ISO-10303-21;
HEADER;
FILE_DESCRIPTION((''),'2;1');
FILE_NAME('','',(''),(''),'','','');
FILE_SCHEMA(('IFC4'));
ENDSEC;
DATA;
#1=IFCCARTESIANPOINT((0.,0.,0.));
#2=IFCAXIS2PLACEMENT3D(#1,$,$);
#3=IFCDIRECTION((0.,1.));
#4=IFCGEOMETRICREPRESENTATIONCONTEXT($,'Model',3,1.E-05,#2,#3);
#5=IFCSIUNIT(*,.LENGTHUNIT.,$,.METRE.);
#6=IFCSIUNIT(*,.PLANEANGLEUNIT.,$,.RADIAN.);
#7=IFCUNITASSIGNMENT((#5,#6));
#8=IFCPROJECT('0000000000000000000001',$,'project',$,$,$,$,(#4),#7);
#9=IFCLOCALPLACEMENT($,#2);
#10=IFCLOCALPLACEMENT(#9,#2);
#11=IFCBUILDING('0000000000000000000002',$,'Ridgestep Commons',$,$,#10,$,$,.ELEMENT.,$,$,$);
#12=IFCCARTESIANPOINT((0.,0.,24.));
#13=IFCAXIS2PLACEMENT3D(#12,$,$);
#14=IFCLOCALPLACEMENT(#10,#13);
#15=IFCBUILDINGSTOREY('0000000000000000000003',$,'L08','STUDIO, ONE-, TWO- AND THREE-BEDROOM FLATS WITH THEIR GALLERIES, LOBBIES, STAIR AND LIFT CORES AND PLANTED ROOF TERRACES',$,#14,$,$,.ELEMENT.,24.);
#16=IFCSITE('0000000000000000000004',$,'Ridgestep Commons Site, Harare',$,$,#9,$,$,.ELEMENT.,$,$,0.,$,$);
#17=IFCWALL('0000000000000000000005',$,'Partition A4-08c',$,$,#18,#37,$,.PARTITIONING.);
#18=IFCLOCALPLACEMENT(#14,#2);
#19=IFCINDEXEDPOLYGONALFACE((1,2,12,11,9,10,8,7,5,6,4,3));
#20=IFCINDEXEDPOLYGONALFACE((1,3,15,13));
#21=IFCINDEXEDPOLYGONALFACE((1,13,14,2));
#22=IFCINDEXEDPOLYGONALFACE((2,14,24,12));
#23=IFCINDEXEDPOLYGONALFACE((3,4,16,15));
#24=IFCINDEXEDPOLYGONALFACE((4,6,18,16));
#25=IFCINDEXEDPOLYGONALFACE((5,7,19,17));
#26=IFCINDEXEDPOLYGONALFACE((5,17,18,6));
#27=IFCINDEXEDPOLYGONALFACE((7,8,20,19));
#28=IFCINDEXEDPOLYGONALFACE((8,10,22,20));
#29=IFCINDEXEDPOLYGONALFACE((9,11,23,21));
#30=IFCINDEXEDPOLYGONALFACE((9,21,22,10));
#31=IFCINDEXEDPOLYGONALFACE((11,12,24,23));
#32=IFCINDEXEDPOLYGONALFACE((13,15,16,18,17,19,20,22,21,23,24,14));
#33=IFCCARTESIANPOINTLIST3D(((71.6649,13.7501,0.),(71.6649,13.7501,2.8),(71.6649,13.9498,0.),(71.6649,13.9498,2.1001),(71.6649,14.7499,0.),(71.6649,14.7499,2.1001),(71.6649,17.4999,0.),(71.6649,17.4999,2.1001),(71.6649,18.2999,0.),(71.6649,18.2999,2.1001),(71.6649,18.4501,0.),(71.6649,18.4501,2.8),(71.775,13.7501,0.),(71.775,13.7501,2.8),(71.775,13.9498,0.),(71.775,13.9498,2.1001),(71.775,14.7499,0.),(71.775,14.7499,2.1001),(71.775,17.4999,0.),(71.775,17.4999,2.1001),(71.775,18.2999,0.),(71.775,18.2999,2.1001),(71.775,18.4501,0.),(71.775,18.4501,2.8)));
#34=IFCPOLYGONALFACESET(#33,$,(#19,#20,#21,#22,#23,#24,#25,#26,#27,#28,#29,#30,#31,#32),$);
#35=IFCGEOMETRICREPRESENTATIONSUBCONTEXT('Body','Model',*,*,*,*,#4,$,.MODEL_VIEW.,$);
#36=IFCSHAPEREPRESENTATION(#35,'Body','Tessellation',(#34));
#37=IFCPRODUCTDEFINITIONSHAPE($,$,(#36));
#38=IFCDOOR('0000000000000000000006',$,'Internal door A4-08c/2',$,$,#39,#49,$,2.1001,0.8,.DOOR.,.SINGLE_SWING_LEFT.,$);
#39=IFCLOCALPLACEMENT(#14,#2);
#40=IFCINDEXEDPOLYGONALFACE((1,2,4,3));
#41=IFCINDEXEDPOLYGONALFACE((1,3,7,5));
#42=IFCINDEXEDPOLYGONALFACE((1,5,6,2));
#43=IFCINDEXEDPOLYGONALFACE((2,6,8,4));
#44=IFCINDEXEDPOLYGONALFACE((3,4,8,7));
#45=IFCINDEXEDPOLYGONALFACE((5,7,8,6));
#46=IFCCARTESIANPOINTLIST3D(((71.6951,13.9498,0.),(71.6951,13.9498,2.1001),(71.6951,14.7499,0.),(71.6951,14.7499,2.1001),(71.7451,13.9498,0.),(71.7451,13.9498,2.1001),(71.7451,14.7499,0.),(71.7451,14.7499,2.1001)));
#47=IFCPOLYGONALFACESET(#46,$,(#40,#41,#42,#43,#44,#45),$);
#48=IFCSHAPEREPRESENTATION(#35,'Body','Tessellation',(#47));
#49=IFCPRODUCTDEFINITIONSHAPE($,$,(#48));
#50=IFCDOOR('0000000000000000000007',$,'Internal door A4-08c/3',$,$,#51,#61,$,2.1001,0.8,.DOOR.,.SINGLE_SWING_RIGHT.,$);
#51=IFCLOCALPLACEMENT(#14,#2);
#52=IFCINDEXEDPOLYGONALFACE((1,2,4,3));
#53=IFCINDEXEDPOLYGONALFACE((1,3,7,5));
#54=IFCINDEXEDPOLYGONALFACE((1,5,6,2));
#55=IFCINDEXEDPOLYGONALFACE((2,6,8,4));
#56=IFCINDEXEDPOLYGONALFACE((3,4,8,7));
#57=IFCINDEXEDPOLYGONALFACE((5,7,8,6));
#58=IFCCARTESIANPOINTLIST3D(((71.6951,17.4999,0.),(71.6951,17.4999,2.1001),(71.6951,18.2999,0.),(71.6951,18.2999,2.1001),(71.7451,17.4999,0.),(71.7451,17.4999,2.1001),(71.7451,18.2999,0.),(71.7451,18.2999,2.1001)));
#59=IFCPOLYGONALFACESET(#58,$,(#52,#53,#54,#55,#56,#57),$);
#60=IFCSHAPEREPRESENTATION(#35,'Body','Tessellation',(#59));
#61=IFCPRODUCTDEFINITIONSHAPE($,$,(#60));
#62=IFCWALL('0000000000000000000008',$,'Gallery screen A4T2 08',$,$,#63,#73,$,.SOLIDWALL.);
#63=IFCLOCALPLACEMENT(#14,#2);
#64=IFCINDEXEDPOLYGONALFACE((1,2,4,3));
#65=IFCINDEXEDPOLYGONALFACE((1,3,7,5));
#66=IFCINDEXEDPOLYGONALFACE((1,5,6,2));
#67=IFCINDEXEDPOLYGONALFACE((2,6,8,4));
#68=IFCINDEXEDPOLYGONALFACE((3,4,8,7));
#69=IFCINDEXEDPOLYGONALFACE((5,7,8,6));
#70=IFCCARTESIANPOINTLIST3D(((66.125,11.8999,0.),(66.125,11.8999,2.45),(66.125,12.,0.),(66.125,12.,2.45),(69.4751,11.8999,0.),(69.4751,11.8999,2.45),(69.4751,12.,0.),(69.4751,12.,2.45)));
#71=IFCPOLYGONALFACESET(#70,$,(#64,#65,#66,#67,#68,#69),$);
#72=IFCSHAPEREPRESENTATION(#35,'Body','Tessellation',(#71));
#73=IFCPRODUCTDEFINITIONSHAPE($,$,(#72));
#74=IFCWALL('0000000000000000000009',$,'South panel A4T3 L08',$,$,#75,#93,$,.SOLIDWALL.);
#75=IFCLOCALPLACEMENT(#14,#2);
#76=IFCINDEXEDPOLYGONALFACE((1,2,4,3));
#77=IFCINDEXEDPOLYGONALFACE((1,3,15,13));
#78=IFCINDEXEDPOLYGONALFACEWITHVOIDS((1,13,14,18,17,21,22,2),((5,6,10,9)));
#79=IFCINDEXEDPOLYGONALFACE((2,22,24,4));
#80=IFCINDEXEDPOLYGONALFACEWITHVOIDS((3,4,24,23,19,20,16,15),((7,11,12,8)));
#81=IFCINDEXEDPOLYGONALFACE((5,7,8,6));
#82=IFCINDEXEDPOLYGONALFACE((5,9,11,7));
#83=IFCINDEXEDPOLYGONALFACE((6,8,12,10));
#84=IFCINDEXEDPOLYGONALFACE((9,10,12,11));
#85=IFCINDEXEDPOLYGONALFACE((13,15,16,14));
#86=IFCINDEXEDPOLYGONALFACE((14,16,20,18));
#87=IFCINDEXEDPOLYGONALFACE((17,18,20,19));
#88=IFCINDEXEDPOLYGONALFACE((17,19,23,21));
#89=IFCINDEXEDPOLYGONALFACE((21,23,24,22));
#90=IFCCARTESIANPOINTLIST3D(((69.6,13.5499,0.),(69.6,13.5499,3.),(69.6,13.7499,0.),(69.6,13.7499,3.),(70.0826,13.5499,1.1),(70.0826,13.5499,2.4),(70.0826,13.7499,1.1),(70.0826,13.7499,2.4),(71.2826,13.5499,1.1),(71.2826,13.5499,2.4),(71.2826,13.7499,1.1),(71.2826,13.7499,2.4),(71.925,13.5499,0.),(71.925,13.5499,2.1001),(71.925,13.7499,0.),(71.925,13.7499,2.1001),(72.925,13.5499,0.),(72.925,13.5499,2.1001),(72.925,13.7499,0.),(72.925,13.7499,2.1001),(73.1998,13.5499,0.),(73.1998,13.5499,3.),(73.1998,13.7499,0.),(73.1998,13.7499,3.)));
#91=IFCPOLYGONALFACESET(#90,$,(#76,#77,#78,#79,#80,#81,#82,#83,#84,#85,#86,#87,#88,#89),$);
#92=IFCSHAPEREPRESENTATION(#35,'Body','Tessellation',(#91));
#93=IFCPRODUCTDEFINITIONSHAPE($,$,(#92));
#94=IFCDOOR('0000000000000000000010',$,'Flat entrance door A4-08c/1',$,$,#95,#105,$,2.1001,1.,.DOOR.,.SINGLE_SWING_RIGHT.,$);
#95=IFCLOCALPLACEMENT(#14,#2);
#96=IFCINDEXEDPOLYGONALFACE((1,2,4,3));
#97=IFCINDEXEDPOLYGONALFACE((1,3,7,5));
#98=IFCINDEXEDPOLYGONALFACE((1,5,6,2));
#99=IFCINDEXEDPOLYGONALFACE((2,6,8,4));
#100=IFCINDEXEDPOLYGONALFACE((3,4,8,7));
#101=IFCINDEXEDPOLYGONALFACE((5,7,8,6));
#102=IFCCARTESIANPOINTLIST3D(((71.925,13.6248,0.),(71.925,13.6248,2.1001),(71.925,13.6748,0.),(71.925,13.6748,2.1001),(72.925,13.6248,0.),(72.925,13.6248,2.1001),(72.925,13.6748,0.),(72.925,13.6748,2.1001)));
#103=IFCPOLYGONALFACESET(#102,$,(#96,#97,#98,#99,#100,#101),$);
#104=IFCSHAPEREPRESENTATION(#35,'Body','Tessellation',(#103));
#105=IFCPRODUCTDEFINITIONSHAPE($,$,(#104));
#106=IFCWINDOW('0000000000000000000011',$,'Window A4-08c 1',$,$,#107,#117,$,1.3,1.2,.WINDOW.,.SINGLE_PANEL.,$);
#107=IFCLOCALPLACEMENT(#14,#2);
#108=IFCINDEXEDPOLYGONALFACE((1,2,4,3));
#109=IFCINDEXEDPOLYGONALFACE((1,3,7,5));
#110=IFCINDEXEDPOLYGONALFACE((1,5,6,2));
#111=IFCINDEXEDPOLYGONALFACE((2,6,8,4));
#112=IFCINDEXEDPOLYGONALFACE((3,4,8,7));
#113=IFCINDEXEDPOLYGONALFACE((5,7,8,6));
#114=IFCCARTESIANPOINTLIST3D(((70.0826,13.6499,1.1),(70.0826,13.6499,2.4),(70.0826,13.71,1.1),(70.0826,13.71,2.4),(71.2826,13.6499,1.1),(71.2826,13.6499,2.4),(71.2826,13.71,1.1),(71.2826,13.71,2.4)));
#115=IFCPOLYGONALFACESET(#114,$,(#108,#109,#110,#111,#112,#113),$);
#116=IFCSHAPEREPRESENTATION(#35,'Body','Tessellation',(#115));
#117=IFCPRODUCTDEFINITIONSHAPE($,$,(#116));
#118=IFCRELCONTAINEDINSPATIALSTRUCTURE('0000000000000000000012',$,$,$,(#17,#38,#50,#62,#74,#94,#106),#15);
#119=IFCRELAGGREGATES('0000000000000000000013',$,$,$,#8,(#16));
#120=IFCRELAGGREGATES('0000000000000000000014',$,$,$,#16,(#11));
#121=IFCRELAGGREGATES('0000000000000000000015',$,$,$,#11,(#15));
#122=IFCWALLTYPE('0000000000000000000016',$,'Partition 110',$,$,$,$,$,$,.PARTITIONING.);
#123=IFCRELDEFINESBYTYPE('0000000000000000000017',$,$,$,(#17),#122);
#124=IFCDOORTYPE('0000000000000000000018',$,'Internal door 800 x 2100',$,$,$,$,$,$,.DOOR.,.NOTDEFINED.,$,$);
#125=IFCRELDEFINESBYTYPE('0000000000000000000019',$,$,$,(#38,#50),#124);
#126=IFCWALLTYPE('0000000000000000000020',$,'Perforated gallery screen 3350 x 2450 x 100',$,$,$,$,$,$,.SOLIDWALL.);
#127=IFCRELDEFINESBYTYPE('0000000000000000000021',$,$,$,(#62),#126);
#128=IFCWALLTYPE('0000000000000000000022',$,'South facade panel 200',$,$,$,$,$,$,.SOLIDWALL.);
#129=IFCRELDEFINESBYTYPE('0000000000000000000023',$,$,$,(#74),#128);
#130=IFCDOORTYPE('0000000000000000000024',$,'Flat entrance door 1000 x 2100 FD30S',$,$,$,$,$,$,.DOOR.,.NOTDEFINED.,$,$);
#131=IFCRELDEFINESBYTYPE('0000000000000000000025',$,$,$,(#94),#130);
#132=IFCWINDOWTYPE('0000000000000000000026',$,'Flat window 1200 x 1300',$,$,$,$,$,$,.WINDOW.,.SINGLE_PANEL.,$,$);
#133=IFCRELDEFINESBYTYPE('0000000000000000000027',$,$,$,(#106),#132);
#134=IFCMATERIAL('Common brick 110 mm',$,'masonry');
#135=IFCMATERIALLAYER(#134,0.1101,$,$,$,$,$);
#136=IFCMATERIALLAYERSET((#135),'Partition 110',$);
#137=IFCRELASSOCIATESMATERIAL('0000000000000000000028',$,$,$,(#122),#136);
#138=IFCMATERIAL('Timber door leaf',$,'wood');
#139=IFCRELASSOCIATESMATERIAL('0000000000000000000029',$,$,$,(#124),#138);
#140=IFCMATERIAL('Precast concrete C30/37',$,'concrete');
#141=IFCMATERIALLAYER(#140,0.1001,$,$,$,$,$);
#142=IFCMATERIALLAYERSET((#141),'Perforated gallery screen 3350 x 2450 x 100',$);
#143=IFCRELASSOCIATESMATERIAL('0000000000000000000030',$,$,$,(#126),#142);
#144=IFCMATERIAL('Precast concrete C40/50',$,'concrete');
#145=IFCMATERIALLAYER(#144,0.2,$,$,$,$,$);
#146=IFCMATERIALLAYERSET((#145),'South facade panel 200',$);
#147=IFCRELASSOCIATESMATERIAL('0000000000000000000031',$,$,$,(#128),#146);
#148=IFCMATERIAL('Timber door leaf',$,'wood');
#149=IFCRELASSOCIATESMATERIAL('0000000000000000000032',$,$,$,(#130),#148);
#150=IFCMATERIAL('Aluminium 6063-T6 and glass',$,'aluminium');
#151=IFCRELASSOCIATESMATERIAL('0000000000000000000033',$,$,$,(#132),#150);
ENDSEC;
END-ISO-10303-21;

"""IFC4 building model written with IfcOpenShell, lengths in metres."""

from ifc_helpers import new_model, si_unit, direction, frame, frame_2d, origin, place, context, subcontext, project, spatial, rectangle, extrude, material, layer, layer_set, type_object, element, fill, save


model = new_model("IFC4")

# Units and contexts
model_context = context("Model", 3, precision=1e-05, world=origin(), true_north=direction((0.0, 1.0)))
body_context = subcontext(model_context, "Body", "Model", "MODEL_VIEW")
ifc_project = project(units=[si_unit("LENGTHUNIT", "METRE"), si_unit("PLANEANGLEUNIT", "RADIAN")], contexts=[model_context])

# Site, building, storey
site_placement = place(None, origin())
site = spatial("IfcSite", under=ifc_project, at=site_placement, Name="Ridgestep Commons Site, Harare", CompositionType="ELEMENT", RefElevation=0.0)
building_placement = place(site_placement, origin())
building = spatial("IfcBuilding", under=site, at=building_placement, Name="Ridgestep Commons", CompositionType="ELEMENT")
storey_placement = place(building_placement, frame((0.0, 0.0, 24.0)))
storey = spatial("IfcBuildingStorey", under=building, at=storey_placement, Name="L08", Description="STUDIO, ONE-, TWO- AND THREE-BEDROOM FLATS WITH THEIR GALLERIES, LOBBIES, STAIR AND LIFT CORES AND PLANTED ROOF TERRACES", CompositionType="ELEMENT", Elevation=24.0)

# Wall, openings, doors
ifc_material_1 = material(Name="Common brick 110 mm", Category="masonry")
ifc_layer_1 = layer(ifc_material_1, 0.1101)
ifc_layer_set_1 = layer_set([ifc_layer_1], Name="Partition 110")
wall_type_1 = type_object("IfcWallType", Name="Partition 110", PredefinedType="PARTITIONING", material=ifc_layer_set_1)
ifc_material_2 = material(Name="Timber door leaf", Category="wood")
door_type_1 = type_object("IfcDoorType", Name="Internal door 800 x 2100", OperationType="NOTDEFINED", PredefinedType="DOOR", material=ifc_material_2)
wall_1_placement = place(storey_placement, frame((71.72, 13.75, 0.0), z_axis=(0.0, 0.0, 1.0), x_axis=(0.0, 1.0, 0.0)))
wall_1 = element("IfcWall", 1, at=wall_1_placement, inside=storey, type_object=wall_type_1, Name="Partition A4-08c", PredefinedType="PARTITIONING", context=body_context, shape_type="SweptSolid", body=[
    extrude(rectangle(XDim=4.7, YDim=0.1101, at=frame_2d((2.3501, 0.0))), origin(), (0.0, 0.0, 1.0), 2.8),
])
opening_1_placement = place(wall_1_placement, frame((0.2, 0.0, 0.0)))
opening_1 = element("IfcOpeningElement", 2, at=opening_1_placement, cuts=wall_1, PredefinedType="OPENING", context=body_context, shape_type="SweptSolid", body=[
    extrude(rectangle(XDim=0.8, YDim=2.1001, at=frame_2d((0.3999, 1.05))), frame((0.0, 0.0649, 0.0), z_axis=(0.0, -1.0, 0.0), x_axis=(1.0, 0.0, 0.0)), (0.0, 0.0, 1.0), 0.1301),
])
opening_2_placement = place(wall_1_placement, frame((3.75, 0.0, 0.0)))
opening_2 = element("IfcOpeningElement", 3, at=opening_2_placement, cuts=wall_1, PredefinedType="OPENING", context=body_context, shape_type="SweptSolid", body=[
    extrude(rectangle(XDim=0.8, YDim=2.1001, at=frame_2d((0.3999, 1.05))), frame((0.0, 0.0649, 0.0), z_axis=(0.0, -1.0, 0.0), x_axis=(1.0, 0.0, 0.0)), (0.0, 0.0, 1.0), 0.1301),
])
door_1_placement = place(opening_1_placement, origin())
door_1 = element("IfcDoor", 4, at=door_1_placement, inside=storey, type_object=door_type_1, Name="Internal door A4-08c/2", OperationType="SINGLE_SWING_LEFT", OverallHeight=2.1001, OverallWidth=0.8, PredefinedType="DOOR", context=body_context, shape_type="SweptSolid", body=[
    extrude(rectangle(XDim=0.8, YDim=2.1001, at=frame_2d((0.3999, 1.05))), frame((0.0, 0.0249, 0.0), z_axis=(0.0, -1.0, 0.0), x_axis=(1.0, 0.0, 0.0)), (0.0, 0.0, 1.0), 0.05),
])
fill(opening_1, door_1)
door_2_placement = place(opening_2_placement, origin())
door_2 = element("IfcDoor", 5, at=door_2_placement, inside=storey, type_object=door_type_1, Name="Internal door A4-08c/3", OperationType="SINGLE_SWING_RIGHT", OverallHeight=2.1001, OverallWidth=0.8, PredefinedType="DOOR", context=body_context, shape_type="SweptSolid", body=[
    extrude(rectangle(XDim=0.8, YDim=2.1001, at=frame_2d((0.3999, 1.05))), frame((0.0, 0.0249, 0.0), z_axis=(0.0, -1.0, 0.0), x_axis=(1.0, 0.0, 0.0)), (0.0, 0.0, 1.0), 0.05),
])
fill(opening_2, door_2)

# Wall
ifc_material_3 = material(Name="Precast concrete C30/37", Category="concrete")
ifc_layer_2 = layer(ifc_material_3, 0.1001)
ifc_layer_set_2 = layer_set([ifc_layer_2], Name="Perforated gallery screen 3350 x 2450 x 100")
wall_type_2 = type_object("IfcWallType", Name="Perforated gallery screen 3350 x 2450 x 100", PredefinedType="SOLIDWALL", material=ifc_layer_set_2)
wall_2_placement = place(storey_placement, frame((66.125, 11.95, 0.0), z_axis=(0.0, 0.0, 1.0), x_axis=(1.0, 0.0, 0.0)))
element("IfcWall", 6, at=wall_2_placement, inside=storey, type_object=wall_type_2, Name="Gallery screen A4T2 08", PredefinedType="SOLIDWALL", context=body_context, shape_type="SweptSolid", body=[
    extrude(rectangle(XDim=3.3501, YDim=0.1001, at=frame_2d((1.675, 0.0))), origin(), (0.0, 0.0, 1.0), 2.45),
])

# Wall, openings, door, window
ifc_material_4 = material(Name="Precast concrete C40/50", Category="concrete")
ifc_layer_3 = layer(ifc_material_4, 0.2)
ifc_layer_set_3 = layer_set([ifc_layer_3], Name="South facade panel 200")
wall_type_3 = type_object("IfcWallType", Name="South facade panel 200", PredefinedType="SOLIDWALL", material=ifc_layer_set_3)
wall_3_placement = place(storey_placement, frame((69.6001, 13.6499, 0.0), z_axis=(0.0, 0.0, 1.0), x_axis=(1.0, 0.0, 0.0)))
wall_3 = element("IfcWall", 7, at=wall_3_placement, inside=storey, type_object=wall_type_3, Name="South panel A4T3 L08", PredefinedType="SOLIDWALL", context=body_context, shape_type="SweptSolid", body=[
    extrude(rectangle(XDim=3.5999, YDim=0.2, at=frame_2d((1.7998, 0.0))), origin(), (0.0, 0.0, 1.0), 3.0),
])
opening_3_placement = place(wall_3_placement, frame((0.4824, 0.0, 1.1001)))
opening_3 = element("IfcOpeningElement", 8, at=opening_3_placement, cuts=wall_3, PredefinedType="OPENING", context=body_context, shape_type="SweptSolid", body=[
    extrude(rectangle(XDim=1.2, YDim=1.3, at=frame_2d((0.6001, 0.6499))), frame((0.0, 0.1099, 0.0), z_axis=(0.0, -1.0, 0.0), x_axis=(1.0, 0.0, 0.0)), (0.0, 0.0, 1.0), 0.22),
])
opening_4_placement = place(wall_3_placement, frame((2.325, 0.0, 0.0)))
opening_4 = element("IfcOpeningElement", 9, at=opening_4_placement, cuts=wall_3, PredefinedType="OPENING", context=body_context, shape_type="SweptSolid", body=[
    extrude(rectangle(XDim=1.0, YDim=2.1001, at=frame_2d((0.5, 1.05))), frame((0.0, 0.1099, 0.0), z_axis=(0.0, -1.0, 0.0), x_axis=(1.0, 0.0, 0.0)), (0.0, 0.0, 1.0), 0.22),
])
ifc_material_5 = material(Name="Timber door leaf", Category="wood")
door_type_2 = type_object("IfcDoorType", Name="Flat entrance door 1000 x 2100 FD30S", OperationType="NOTDEFINED", PredefinedType="DOOR", material=ifc_material_5)
door_3_placement = place(opening_4_placement, origin())
door_3 = element("IfcDoor", 10, at=door_3_placement, inside=storey, type_object=door_type_2, Name="Flat entrance door A4-08c/1", OperationType="SINGLE_SWING_RIGHT", OverallHeight=2.1001, OverallWidth=1.0, PredefinedType="DOOR", context=body_context, shape_type="SweptSolid", body=[
    extrude(rectangle(XDim=1.0, YDim=2.1001, at=frame_2d((0.5, 1.05))), frame((0.0, 0.0249, 0.0), z_axis=(0.0, -1.0, 0.0), x_axis=(1.0, 0.0, 0.0)), (0.0, 0.0, 1.0), 0.05),
])
fill(opening_4, door_3)
ifc_material_6 = material(Name="Aluminium 6063-T6 and glass", Category="aluminium")
window_type = type_object("IfcWindowType", Name="Flat window 1200 x 1300", PartitioningType="SINGLE_PANEL", PredefinedType="WINDOW", material=ifc_material_6)
window_placement = place(opening_3_placement, origin())
window = element("IfcWindow", 11, at=window_placement, inside=storey, type_object=window_type, Name="Window A4-08c 1", OverallHeight=1.3, OverallWidth=1.2, PartitioningType="SINGLE_PANEL", PredefinedType="WINDOW", context=body_context, shape_type="SweptSolid", body=[
    extrude(rectangle(XDim=1.2, YDim=1.3, at=frame_2d((0.6001, 0.6499))), frame((0.0, 0.0601, 0.0), z_axis=(0.0, -1.0, 0.0), x_axis=(1.0, 0.0, 0.0)), (0.0, 0.0, 1.0), 0.0601),
])
fill(opening_3, window)

save(model, "model.ifc")
